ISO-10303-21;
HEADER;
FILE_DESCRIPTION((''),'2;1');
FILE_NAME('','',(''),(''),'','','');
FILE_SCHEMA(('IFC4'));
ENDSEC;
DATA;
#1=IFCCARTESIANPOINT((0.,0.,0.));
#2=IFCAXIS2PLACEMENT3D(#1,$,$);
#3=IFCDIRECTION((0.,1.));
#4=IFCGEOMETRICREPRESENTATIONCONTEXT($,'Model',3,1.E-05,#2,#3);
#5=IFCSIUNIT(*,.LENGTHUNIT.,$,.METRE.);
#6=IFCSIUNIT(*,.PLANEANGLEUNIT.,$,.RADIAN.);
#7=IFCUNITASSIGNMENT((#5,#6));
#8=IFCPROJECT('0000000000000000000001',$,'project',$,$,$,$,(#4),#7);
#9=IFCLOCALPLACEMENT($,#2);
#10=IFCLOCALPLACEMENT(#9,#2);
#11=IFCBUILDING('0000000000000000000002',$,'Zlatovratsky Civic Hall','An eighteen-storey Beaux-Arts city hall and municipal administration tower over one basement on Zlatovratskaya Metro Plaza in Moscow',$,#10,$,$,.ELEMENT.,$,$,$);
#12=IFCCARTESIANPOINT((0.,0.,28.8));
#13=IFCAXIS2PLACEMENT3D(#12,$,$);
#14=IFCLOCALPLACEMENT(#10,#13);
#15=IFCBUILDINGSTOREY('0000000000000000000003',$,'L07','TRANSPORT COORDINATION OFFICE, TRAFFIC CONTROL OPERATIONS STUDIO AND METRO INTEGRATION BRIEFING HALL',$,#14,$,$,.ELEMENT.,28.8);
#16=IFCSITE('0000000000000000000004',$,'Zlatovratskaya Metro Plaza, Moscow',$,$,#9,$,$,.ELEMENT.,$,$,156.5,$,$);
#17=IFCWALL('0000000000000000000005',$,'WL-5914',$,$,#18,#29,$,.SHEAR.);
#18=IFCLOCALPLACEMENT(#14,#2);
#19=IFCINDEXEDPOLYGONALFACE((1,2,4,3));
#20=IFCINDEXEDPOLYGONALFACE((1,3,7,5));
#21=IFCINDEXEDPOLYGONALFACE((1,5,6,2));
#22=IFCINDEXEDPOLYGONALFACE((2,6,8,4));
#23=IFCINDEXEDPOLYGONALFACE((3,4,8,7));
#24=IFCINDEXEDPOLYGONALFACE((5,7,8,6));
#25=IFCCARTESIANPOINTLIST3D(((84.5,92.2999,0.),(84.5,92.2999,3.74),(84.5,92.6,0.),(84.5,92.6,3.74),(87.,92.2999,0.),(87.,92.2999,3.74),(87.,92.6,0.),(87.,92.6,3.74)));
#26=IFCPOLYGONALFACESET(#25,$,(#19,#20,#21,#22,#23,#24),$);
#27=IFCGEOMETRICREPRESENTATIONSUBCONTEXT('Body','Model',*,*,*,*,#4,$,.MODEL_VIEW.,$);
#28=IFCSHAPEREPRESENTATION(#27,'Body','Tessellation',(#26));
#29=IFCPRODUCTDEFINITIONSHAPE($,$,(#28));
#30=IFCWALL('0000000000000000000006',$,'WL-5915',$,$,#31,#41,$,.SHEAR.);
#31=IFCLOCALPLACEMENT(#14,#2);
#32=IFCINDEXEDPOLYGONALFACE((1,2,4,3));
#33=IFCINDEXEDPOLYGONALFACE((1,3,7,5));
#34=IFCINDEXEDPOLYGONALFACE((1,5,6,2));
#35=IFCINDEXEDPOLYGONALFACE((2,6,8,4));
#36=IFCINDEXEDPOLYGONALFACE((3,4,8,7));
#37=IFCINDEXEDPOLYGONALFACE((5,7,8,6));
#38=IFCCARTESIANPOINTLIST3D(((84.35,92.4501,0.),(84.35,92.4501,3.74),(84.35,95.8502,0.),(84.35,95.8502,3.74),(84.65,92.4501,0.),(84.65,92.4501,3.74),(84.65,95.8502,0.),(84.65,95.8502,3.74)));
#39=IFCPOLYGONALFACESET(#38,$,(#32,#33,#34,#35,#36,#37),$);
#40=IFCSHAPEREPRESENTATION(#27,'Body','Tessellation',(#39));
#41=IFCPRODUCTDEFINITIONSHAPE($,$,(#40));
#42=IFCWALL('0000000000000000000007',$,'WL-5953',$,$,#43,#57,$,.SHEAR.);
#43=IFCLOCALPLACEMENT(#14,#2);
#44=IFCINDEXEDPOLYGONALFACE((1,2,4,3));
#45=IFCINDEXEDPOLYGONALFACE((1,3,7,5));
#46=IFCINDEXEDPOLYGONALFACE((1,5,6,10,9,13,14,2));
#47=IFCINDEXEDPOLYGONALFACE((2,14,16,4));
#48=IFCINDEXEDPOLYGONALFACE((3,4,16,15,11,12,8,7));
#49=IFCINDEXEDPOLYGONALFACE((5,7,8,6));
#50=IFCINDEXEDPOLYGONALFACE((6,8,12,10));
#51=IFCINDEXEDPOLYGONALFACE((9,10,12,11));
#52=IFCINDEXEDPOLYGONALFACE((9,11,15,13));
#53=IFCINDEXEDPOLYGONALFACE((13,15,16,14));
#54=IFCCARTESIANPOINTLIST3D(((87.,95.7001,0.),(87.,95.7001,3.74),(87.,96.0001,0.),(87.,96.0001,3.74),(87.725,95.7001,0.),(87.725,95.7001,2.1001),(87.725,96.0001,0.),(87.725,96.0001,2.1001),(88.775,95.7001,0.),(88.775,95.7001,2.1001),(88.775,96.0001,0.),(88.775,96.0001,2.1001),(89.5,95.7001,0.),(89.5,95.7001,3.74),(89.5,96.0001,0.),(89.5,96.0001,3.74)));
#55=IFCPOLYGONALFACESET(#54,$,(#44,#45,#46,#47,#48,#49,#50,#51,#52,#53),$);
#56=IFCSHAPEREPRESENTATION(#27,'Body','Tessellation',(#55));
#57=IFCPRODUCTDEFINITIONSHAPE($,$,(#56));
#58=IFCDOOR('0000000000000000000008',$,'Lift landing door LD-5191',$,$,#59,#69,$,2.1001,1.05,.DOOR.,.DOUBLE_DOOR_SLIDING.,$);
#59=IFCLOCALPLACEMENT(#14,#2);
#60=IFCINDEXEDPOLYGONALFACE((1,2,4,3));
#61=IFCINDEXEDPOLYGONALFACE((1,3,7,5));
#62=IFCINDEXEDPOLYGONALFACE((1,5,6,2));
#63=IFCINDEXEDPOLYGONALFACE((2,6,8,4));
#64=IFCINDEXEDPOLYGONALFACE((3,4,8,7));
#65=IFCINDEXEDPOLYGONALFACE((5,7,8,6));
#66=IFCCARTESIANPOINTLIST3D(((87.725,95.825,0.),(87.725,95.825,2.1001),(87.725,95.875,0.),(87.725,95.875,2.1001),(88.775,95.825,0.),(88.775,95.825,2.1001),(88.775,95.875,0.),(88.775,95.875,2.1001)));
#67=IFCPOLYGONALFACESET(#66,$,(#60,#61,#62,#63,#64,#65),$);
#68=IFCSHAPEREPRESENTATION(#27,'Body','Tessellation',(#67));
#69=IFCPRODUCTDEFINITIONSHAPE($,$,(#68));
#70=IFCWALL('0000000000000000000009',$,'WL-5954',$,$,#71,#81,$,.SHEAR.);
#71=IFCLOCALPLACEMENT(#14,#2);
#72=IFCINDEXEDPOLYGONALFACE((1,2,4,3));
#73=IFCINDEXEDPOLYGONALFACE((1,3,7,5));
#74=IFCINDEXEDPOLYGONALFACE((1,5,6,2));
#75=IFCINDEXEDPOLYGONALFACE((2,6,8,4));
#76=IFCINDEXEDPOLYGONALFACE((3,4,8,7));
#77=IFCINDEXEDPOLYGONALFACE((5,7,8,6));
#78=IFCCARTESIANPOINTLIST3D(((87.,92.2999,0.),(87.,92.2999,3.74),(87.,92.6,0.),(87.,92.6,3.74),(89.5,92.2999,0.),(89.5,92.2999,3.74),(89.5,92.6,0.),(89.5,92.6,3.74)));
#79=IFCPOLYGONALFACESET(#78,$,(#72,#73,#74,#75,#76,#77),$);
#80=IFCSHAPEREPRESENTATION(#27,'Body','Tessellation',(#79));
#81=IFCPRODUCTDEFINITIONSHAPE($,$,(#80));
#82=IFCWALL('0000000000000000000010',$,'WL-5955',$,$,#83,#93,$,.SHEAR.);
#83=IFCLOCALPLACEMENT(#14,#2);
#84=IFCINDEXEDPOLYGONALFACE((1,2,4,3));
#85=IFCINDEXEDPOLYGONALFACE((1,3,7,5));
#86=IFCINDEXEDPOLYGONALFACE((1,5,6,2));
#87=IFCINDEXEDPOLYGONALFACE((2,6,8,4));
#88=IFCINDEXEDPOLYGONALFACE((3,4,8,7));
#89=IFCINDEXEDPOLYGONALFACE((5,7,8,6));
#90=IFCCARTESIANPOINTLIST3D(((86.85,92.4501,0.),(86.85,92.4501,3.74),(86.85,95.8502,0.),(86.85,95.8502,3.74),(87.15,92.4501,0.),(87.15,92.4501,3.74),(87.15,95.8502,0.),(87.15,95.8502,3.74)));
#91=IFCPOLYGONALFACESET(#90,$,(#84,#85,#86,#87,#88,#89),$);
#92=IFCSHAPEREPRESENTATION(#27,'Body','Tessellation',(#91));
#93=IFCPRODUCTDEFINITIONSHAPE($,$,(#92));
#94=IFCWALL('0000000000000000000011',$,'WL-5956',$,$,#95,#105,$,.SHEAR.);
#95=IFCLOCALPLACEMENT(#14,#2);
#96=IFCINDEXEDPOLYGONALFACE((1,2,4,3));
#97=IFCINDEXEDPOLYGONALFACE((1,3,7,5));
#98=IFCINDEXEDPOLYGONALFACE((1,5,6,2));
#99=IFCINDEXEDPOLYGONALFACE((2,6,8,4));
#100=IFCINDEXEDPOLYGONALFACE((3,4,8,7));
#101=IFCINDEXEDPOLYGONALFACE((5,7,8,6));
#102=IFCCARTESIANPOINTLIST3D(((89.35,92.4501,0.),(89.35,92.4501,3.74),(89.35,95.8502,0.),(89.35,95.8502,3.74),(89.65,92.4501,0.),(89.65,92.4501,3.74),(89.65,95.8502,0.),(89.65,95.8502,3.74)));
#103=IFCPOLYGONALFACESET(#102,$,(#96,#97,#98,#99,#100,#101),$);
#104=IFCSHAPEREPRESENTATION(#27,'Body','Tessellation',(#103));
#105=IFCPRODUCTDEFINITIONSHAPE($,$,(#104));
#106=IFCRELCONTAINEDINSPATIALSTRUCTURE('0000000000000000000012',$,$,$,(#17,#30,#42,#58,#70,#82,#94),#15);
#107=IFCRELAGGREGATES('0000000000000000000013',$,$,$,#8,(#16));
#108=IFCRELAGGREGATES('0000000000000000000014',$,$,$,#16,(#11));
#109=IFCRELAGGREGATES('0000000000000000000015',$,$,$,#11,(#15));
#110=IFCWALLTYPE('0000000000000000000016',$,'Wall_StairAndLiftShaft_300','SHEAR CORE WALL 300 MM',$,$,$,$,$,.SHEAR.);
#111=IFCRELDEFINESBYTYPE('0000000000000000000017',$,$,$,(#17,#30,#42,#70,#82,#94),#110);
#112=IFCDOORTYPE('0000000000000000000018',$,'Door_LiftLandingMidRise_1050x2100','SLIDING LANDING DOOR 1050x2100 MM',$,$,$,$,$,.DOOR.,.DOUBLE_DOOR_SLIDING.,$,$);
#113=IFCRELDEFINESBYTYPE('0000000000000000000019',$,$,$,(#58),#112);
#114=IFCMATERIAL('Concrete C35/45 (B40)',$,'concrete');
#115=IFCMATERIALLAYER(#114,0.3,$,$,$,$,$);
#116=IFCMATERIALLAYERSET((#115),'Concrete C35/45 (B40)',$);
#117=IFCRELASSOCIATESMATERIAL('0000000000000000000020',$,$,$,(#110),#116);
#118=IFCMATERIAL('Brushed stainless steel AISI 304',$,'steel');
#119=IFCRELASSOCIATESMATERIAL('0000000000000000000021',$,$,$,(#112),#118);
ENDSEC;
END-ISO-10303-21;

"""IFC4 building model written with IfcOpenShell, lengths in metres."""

from ifc_helpers import new_model, si_unit, direction, frame, frame_2d, origin, place, context, subcontext, project, spatial, rectangle, extrude, material, layer, layer_set, type_object, element, fill, save


model = new_model("IFC4")

# Units and contexts
model_context = context("Model", 3, precision=1e-05, world=origin(), true_north=direction((0.0, 1.0)))
body_context = subcontext(model_context, "Body", "Model", "MODEL_VIEW")
ifc_project = project(units=[si_unit("LENGTHUNIT", "METRE"), si_unit("PLANEANGLEUNIT", "RADIAN")], contexts=[model_context])

# Site, building, storey
site_placement = place(None, origin())
site = spatial("IfcSite", under=ifc_project, at=site_placement, Name="Zlatovratskaya Metro Plaza, Moscow", CompositionType="ELEMENT", RefElevation=156.5)
building_placement = place(site_placement, origin())
building = spatial("IfcBuilding", under=site, at=building_placement, Name="Zlatovratsky Civic Hall", Description="An eighteen-storey Beaux-Arts city hall and municipal administration tower over one basement on Zlatovratskaya Metro Plaza in Moscow", CompositionType="ELEMENT")
storey_placement = place(building_placement, frame((0.0, 0.0, 28.8)))
storey = spatial("IfcBuildingStorey", under=building, at=storey_placement, Name="L07", Description="TRANSPORT COORDINATION OFFICE, TRAFFIC CONTROL OPERATIONS STUDIO AND METRO INTEGRATION BRIEFING HALL", CompositionType="ELEMENT", Elevation=28.8)

# Shared definitions
ifc_material_1 = material(Name="Concrete C35/45 (B40)", Category="concrete")

# Shared definitions
ifc_layer_1 = layer(ifc_material_1, 0.3)
ifc_layer_set_1 = layer_set([ifc_layer_1], Name="Concrete C35/45 (B40)")
wall_type_1 = type_object("IfcWallType", Name="Wall_StairAndLiftShaft_300", Description="SHEAR CORE WALL 300 MM", PredefinedType="SHEAR", material=ifc_layer_set_1)
ifc_material_2 = material(Name="Brushed stainless steel AISI 304", Category="steel")
door_type_1 = type_object("IfcDoorType", Name="Door_LiftLandingMidRise_1050x2100", Description="SLIDING LANDING DOOR 1050x2100 MM", OperationType="DOUBLE_DOOR_SLIDING", PredefinedType="DOOR", material=ifc_material_2)

# Walls
wall_1_placement = place(storey_placement, frame((84.5, 92.45, 0.0), z_axis=(0.0, 0.0, 1.0), x_axis=(1.0, 0.0, 0.0)))
element("IfcWall", 1, at=wall_1_placement, inside=storey, type_object=wall_type_1, Name="WL-5914", PredefinedType="SHEAR", context=body_context, shape_type="SweptSolid", body=[
    extrude(rectangle(XDim=2.5, YDim=0.3, at=frame_2d((1.25, 0.0))), origin(), (0.0, 0.0, 1.0), 3.74),
])
wall_2_placement = place(storey_placement, frame((84.5, 92.45, 0.0), z_axis=(0.0, 0.0, 1.0), x_axis=(0.0, 1.0, 0.0)))
element("IfcWall", 2, at=wall_2_placement, inside=storey, type_object=wall_type_1, Name="WL-5915", PredefinedType="SHEAR", context=body_context, shape_type="SweptSolid", body=[
    extrude(rectangle(XDim=3.4001, YDim=0.3, at=frame_2d((1.7002, 0.0))), origin(), (0.0, 0.0, 1.0), 3.74),
])

# Wall, opening, door
wall_3_placement = place(storey_placement, frame((87.0, 95.8501, 0.0), z_axis=(0.0, 0.0, 1.0), x_axis=(1.0, 0.0, 0.0)))
wall_3 = element("IfcWall", 3, at=wall_3_placement, inside=storey, type_object=wall_type_1, Name="WL-5953", PredefinedType="SHEAR", context=body_context, shape_type="SweptSolid", body=[
    extrude(rectangle(XDim=2.5, YDim=0.3, at=frame_2d((1.25, 0.0))), origin(), (0.0, 0.0, 1.0), 3.74),
])
opening_1_placement = place(wall_3_placement, frame((0.7251, 0.0, 0.0)))
opening_1 = element("IfcOpeningElement", 4, at=opening_1_placement, cuts=wall_3, PredefinedType="OPENING", context=body_context, shape_type="SweptSolid", body=[
    extrude(rectangle(XDim=1.05, YDim=2.1001, at=frame_2d((0.5249, 1.05))), frame((0.0, 0.165, 0.0), z_axis=(0.0, -1.0, 0.0), x_axis=(1.0, 0.0, 0.0)), (0.0, 0.0, 1.0), 0.3298),
])
door_1_placement = place(opening_1_placement, origin())
door_1 = element("IfcDoor", 5, at=door_1_placement, inside=storey, type_object=door_type_1, Name="Lift landing door LD-5191", OperationType="DOUBLE_DOOR_SLIDING", OverallHeight=2.1001, OverallWidth=1.05, PredefinedType="DOOR", context=body_context, shape_type="SweptSolid", body=[
    extrude(rectangle(XDim=1.05, YDim=2.1001, at=frame_2d((0.5249, 1.05))), frame((0.0, 0.0249, 0.0), z_axis=(0.0, -1.0, 0.0), x_axis=(1.0, 0.0, 0.0)), (0.0, 0.0, 1.0), 0.05),
])
fill(opening_1, door_1)

# Walls
wall_4_placement = place(storey_placement, frame((87.0, 92.45, 0.0), z_axis=(0.0, 0.0, 1.0), x_axis=(1.0, 0.0, 0.0)))
element("IfcWall", 6, at=wall_4_placement, inside=storey, type_object=wall_type_1, Name="WL-5954", PredefinedType="SHEAR", context=body_context, shape_type="SweptSolid", body=[
    extrude(rectangle(XDim=2.5, YDim=0.3, at=frame_2d((1.25, 0.0))), origin(), (0.0, 0.0, 1.0), 3.74),
])
for number, where, z_axis, x_axis, name in (
    (7, (87.0, 92.45, 0.0), (0.0, 0.0, 1.0), (0.0, 1.0, 0.0), "WL-5955"),
    (8, (89.5, 92.45, 0.0), (0.0, 0.0, 1.0), (0.0, 1.0, 0.0), "WL-5956"),
):
    element("IfcWall", number, at=place(storey_placement, frame(where, z_axis=z_axis, x_axis=x_axis)), inside=storey, type_object=wall_type_1, Name=name, PredefinedType="SHEAR", context=body_context, shape_type="SweptSolid", body=[
        extrude(rectangle(XDim=3.4001, YDim=0.3, at=frame_2d((1.7002, 0.0))), origin(), (0.0, 0.0, 1.0), 3.74),
    ])

save(model, "model.ifc")
